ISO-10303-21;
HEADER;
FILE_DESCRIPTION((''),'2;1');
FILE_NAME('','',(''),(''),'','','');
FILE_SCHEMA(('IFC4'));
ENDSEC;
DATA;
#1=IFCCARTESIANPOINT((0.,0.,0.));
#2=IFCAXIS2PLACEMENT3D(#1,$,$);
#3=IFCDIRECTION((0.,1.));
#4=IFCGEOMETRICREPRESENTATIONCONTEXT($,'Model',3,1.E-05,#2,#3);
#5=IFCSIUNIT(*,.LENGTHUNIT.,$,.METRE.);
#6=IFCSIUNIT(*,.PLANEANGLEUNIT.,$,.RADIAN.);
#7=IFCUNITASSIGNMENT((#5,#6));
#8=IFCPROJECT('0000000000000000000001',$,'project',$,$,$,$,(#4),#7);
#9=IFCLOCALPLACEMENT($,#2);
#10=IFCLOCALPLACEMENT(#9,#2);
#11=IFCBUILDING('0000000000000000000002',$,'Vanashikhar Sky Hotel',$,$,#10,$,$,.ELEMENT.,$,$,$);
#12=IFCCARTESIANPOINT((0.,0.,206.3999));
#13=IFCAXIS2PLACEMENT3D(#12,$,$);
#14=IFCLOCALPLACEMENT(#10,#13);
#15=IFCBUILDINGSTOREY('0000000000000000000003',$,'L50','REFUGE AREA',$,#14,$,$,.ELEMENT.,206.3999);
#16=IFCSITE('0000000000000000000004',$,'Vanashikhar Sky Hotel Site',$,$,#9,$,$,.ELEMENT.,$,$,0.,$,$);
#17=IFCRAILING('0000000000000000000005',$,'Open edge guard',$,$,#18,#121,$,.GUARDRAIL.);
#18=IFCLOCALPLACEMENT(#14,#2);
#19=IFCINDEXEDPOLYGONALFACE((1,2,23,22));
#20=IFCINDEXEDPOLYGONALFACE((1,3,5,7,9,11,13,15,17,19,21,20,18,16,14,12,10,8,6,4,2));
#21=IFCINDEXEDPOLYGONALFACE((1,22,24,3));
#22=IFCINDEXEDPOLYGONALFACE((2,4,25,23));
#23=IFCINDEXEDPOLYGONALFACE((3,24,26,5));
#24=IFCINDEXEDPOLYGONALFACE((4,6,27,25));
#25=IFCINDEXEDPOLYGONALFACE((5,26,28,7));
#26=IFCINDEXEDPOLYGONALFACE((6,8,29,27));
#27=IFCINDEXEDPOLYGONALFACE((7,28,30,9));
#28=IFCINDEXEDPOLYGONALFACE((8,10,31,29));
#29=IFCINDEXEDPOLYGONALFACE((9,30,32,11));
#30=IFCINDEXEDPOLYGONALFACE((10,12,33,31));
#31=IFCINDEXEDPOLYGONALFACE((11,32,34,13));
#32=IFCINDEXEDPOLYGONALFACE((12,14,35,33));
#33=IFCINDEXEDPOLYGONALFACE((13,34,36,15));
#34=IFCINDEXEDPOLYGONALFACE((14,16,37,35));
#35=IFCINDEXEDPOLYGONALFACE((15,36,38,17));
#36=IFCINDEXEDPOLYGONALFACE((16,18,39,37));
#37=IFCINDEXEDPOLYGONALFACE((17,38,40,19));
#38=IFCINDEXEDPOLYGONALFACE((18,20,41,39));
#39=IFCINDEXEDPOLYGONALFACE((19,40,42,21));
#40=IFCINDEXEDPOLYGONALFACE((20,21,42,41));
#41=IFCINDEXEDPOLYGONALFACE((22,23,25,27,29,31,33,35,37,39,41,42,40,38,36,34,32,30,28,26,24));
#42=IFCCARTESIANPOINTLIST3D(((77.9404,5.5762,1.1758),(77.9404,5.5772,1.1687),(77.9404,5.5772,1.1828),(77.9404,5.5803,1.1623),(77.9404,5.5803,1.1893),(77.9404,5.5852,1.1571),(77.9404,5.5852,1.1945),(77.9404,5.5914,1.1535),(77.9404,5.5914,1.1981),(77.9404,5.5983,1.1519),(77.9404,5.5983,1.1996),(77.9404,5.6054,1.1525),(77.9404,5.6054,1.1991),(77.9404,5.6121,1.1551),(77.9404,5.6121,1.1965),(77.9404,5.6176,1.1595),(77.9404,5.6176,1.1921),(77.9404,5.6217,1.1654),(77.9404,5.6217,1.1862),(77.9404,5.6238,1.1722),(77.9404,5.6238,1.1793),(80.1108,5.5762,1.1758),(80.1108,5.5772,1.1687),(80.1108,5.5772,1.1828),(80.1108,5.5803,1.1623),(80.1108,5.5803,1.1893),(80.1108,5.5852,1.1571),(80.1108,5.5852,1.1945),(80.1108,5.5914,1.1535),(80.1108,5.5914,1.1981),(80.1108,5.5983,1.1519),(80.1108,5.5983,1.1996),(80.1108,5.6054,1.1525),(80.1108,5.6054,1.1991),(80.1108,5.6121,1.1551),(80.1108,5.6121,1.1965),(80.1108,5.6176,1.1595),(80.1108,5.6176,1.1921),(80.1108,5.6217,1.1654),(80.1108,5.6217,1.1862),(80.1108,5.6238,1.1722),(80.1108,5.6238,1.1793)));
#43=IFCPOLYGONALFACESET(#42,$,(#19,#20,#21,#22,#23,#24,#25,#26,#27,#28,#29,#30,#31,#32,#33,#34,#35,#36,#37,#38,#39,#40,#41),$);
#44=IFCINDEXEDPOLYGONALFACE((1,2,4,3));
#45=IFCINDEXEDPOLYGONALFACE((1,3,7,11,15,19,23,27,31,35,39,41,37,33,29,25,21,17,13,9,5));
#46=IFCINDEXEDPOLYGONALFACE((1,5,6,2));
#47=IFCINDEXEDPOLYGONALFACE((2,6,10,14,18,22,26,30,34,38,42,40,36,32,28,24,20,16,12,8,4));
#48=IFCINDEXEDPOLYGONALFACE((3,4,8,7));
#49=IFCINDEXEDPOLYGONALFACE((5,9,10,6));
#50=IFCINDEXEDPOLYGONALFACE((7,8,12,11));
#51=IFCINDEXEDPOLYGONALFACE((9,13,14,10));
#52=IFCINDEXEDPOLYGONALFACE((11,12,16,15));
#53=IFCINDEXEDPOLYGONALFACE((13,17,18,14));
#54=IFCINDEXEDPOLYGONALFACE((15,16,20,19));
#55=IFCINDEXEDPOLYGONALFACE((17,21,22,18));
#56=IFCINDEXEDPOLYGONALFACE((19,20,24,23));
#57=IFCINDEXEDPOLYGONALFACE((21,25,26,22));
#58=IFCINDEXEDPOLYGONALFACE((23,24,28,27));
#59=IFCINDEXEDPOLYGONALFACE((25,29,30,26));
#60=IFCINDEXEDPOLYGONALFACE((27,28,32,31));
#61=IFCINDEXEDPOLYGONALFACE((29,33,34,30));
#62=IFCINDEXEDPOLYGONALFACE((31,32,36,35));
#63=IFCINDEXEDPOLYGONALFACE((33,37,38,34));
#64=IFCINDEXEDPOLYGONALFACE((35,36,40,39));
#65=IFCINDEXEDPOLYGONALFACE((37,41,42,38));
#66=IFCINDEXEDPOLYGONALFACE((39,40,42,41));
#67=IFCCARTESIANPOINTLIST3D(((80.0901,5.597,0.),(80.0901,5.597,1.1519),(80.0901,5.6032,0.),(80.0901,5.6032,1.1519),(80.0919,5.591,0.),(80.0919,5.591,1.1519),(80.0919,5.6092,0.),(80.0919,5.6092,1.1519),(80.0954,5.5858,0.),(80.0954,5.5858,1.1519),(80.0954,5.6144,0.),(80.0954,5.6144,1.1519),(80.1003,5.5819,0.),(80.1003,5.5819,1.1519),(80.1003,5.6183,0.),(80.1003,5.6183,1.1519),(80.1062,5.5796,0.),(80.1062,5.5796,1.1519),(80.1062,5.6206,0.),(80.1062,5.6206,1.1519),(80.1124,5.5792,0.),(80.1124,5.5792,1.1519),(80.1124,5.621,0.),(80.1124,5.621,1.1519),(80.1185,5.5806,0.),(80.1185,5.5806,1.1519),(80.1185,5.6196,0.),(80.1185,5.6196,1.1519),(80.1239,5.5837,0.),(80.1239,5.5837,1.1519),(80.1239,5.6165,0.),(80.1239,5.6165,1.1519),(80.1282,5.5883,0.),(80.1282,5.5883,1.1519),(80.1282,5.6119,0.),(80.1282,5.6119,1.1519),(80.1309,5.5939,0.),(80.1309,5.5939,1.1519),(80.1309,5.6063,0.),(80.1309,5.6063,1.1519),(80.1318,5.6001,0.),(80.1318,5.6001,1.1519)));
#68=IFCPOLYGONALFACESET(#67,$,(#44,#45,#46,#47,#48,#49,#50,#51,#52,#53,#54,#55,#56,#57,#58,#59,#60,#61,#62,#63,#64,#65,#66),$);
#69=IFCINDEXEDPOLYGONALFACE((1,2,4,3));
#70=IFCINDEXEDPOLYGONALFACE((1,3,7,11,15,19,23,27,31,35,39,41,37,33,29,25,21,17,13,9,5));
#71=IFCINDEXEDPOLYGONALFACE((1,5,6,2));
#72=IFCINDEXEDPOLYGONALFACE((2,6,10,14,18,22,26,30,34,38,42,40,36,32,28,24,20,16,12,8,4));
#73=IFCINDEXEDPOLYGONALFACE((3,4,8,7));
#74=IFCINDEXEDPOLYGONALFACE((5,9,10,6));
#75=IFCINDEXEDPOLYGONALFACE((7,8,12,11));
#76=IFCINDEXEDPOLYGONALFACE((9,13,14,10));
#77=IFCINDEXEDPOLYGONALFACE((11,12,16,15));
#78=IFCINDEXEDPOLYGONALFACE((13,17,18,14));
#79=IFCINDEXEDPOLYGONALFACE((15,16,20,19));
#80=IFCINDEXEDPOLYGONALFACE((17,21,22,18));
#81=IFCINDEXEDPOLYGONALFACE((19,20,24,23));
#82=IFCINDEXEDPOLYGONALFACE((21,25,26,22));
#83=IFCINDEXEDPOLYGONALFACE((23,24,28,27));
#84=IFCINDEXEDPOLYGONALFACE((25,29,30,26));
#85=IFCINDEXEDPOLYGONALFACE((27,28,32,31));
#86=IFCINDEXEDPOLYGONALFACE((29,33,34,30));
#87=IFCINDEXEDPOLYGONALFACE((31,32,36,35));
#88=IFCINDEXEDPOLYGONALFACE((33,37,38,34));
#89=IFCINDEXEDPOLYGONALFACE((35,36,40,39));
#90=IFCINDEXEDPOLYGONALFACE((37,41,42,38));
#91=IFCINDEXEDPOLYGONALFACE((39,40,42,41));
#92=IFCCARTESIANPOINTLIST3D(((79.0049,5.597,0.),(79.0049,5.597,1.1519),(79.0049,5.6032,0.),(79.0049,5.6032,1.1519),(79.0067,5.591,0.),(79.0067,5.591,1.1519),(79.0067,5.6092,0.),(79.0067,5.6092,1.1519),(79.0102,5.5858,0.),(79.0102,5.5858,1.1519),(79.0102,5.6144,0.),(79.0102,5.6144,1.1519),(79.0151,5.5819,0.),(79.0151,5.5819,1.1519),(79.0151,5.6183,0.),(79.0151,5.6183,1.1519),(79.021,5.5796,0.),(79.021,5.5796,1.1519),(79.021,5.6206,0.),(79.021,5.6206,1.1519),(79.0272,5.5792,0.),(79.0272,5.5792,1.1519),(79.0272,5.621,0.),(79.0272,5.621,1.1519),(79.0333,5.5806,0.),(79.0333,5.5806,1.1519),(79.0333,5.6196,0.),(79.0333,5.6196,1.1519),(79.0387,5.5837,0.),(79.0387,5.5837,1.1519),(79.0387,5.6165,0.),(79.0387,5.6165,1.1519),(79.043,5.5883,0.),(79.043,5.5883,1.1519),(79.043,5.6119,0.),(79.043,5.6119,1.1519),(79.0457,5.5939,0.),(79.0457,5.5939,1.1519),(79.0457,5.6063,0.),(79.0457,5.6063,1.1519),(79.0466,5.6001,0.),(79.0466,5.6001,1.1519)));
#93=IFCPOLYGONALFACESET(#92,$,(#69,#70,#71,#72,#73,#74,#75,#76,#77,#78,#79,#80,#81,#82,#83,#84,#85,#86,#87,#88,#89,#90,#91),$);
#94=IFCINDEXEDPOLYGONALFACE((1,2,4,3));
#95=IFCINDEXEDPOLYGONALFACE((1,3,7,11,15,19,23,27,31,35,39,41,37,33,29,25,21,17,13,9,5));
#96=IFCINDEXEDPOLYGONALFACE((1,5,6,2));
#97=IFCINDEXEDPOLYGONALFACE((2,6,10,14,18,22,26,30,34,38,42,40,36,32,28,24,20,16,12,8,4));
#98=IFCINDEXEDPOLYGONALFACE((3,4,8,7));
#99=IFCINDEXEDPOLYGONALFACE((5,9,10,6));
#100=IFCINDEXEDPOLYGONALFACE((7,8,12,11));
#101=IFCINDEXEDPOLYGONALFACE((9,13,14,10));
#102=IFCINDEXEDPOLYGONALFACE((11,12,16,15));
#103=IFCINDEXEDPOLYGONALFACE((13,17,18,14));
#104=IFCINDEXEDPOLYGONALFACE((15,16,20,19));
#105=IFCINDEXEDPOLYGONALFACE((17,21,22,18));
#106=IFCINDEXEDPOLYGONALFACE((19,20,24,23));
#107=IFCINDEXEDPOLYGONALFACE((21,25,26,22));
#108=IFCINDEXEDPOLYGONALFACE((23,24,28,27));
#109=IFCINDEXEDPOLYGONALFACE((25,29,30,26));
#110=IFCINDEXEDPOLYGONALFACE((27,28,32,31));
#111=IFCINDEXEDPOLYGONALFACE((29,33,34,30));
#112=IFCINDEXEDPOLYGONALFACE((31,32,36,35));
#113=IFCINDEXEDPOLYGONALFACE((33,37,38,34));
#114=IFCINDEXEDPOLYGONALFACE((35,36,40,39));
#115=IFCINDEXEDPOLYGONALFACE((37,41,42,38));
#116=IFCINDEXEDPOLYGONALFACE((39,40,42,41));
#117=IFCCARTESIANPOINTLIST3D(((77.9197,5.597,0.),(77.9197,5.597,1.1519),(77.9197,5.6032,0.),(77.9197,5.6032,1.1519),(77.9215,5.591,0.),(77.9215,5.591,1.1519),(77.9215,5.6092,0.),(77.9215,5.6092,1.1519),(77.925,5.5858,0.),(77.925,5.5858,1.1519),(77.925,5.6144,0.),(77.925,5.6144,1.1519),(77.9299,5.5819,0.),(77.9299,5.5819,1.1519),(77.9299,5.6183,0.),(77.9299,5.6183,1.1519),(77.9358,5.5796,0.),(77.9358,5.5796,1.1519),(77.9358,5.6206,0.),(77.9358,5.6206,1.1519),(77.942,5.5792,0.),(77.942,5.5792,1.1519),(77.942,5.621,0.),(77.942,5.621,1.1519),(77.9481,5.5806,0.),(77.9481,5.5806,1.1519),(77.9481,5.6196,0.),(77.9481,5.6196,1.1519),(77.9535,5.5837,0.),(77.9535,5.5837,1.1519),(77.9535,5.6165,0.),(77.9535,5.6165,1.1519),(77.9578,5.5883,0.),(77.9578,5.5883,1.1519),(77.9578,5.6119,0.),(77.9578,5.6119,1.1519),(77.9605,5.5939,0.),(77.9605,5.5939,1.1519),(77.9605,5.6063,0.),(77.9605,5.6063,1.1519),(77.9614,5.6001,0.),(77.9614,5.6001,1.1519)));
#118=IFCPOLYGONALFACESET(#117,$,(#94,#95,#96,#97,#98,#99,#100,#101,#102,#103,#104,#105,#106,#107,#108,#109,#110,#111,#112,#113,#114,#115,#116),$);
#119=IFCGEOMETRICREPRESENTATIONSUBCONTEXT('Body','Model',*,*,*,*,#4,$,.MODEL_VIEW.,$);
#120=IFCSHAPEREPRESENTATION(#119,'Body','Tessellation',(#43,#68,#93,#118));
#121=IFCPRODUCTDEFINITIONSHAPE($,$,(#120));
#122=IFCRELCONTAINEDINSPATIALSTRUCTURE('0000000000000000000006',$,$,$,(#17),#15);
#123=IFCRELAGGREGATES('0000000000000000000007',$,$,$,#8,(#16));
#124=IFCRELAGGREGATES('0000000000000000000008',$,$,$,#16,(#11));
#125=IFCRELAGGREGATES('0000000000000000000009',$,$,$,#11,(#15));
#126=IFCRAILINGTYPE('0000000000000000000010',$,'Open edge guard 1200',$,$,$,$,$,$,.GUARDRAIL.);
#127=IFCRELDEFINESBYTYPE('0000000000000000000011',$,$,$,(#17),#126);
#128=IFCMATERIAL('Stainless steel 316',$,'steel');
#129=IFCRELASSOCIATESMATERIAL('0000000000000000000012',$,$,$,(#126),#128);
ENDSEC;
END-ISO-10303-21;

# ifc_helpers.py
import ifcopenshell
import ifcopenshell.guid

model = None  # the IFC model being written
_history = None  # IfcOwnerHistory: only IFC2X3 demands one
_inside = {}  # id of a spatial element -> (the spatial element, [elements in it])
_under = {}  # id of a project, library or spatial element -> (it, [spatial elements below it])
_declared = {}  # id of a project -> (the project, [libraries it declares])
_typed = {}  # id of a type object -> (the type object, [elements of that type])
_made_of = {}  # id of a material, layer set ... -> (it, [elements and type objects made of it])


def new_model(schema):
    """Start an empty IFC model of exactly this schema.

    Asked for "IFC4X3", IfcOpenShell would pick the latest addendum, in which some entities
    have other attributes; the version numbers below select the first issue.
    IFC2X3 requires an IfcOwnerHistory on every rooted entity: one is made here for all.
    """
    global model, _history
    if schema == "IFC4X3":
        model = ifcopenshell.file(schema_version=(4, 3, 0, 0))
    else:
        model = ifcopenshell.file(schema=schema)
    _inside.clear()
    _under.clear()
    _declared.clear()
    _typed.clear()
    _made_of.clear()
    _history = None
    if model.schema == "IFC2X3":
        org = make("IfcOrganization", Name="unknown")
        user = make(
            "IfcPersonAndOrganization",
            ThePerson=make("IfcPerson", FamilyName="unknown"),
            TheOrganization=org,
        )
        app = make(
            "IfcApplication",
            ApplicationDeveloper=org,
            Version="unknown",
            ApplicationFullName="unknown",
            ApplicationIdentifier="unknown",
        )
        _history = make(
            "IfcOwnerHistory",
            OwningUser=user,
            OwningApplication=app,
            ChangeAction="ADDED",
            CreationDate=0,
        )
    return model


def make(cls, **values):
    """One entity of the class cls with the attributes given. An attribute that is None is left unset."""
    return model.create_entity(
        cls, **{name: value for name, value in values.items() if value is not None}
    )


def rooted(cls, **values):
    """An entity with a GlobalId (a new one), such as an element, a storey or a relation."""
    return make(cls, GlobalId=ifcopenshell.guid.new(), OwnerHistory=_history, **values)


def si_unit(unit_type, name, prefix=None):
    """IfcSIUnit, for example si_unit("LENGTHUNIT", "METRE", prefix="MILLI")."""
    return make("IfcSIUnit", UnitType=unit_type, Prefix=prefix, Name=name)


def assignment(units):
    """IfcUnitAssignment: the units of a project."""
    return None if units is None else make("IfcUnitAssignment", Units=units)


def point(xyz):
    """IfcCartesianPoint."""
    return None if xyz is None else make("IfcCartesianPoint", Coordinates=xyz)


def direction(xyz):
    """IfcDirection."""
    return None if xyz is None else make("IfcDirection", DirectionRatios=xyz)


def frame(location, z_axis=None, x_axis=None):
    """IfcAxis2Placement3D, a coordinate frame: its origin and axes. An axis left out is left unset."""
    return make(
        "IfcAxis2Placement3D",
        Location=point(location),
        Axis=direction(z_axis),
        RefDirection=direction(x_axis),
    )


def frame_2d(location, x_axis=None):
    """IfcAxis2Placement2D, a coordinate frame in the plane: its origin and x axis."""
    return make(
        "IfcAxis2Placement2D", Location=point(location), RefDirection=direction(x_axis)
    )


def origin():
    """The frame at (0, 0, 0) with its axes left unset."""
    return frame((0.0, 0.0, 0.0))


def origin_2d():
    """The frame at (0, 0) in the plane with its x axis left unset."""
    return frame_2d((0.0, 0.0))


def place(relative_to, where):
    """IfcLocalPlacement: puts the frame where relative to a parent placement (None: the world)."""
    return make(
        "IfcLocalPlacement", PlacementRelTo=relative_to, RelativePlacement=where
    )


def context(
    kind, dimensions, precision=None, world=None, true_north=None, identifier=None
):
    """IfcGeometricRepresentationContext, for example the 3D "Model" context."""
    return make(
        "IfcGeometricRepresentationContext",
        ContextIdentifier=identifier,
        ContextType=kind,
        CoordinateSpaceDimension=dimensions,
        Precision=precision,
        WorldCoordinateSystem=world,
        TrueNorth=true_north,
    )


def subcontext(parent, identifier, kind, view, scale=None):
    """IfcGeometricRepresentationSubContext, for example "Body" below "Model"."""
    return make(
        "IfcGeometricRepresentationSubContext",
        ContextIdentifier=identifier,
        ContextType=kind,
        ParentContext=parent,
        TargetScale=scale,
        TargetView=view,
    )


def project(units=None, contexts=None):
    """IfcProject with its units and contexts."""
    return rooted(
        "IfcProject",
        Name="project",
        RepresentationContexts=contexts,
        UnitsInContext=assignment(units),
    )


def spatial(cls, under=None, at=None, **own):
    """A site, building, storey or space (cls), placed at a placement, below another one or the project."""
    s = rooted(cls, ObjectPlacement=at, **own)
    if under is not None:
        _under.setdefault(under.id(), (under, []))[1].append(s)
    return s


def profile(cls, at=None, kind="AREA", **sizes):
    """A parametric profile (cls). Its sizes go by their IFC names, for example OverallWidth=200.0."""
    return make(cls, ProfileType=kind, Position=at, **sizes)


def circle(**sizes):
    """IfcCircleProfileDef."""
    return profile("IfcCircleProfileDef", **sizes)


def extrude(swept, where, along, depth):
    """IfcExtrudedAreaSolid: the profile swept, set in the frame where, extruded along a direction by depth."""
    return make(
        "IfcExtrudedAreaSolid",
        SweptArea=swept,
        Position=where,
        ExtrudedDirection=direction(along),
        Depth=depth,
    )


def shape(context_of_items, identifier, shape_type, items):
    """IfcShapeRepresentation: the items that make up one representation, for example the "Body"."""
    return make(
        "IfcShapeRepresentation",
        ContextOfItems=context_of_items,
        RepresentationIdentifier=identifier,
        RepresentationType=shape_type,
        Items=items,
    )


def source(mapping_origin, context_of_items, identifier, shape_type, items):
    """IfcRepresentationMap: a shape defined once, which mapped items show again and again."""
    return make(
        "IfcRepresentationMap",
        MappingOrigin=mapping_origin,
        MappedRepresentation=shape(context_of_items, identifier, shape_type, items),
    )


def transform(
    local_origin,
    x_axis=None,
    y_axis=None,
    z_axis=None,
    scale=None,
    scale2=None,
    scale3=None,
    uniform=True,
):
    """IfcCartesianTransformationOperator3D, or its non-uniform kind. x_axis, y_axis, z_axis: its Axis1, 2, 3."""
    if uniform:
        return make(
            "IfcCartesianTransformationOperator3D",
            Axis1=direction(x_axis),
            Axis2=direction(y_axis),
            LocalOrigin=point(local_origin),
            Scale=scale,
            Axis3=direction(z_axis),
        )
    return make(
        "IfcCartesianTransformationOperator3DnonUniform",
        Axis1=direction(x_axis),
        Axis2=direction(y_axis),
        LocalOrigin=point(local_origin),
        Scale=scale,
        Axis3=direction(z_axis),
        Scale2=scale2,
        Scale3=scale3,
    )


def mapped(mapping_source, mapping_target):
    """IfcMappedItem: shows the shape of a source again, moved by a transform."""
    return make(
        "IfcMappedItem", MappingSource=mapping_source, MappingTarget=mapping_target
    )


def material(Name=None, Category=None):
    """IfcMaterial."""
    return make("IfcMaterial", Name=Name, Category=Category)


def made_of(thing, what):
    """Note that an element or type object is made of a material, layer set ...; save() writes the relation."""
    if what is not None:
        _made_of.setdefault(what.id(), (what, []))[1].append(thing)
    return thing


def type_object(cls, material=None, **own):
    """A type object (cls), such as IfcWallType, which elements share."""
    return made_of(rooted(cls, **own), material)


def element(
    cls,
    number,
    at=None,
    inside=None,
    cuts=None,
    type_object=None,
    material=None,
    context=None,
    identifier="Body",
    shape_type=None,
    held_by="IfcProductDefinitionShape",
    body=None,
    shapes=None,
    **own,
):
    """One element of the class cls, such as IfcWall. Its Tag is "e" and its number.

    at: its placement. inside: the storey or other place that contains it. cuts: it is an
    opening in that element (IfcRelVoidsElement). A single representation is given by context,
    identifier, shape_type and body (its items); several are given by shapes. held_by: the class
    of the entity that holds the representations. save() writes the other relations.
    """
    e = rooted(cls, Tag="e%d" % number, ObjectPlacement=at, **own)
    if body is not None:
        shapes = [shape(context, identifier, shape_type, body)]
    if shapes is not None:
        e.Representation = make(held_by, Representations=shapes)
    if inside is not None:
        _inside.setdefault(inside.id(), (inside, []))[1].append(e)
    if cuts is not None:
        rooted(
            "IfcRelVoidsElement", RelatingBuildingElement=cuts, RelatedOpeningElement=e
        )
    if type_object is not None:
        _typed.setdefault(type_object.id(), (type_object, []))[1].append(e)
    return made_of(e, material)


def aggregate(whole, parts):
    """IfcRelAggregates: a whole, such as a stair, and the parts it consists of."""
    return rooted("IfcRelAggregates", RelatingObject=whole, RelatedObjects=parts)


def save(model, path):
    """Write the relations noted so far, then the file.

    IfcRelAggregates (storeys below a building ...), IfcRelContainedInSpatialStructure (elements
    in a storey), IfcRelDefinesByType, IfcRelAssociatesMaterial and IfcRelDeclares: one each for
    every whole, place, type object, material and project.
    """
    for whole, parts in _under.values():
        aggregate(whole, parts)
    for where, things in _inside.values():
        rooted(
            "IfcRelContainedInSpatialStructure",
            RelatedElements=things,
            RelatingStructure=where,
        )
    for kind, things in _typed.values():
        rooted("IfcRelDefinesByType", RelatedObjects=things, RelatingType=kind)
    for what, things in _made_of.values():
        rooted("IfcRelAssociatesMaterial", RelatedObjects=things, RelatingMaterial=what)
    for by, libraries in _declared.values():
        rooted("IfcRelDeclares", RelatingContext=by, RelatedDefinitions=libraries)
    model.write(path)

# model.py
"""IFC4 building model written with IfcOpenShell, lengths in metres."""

from ifc_helpers import new_model, si_unit, direction, frame, origin, origin_2d, place, context, subcontext, project, spatial, circle, extrude, source, transform, mapped, material, type_object, element, save


model = new_model("IFC4")

# Units and contexts
model_context = context("Model", 3, precision=1e-05, world=origin(), true_north=direction((0.0, 1.0)))
body_context = subcontext(model_context, "Body", "Model", "MODEL_VIEW")
ifc_project = project(units=[si_unit("LENGTHUNIT", "METRE"), si_unit("PLANEANGLEUNIT", "RADIAN")], contexts=[model_context])

# Site, building, storey
site_placement = place(None, origin())
site = spatial("IfcSite", under=ifc_project, at=site_placement, Name="Vanashikhar Sky Hotel Site", CompositionType="ELEMENT", RefElevation=0.0)
building_placement = place(site_placement, origin())
building = spatial("IfcBuilding", under=site, at=building_placement, Name="Vanashikhar Sky Hotel", CompositionType="ELEMENT")
storey_placement = place(building_placement, frame((0.0, 0.0, 206.3999)))
storey = spatial("IfcBuildingStorey", under=building, at=storey_placement, Name="L50", Description="REFUGE AREA", CompositionType="ELEMENT", Elevation=206.3999)

# Railing
ifc_material_1 = material(Name="Stainless steel 316", Category="steel")
railing_type = type_object("IfcRailingType", Name="Open edge guard 1200", PredefinedType="GUARDRAIL", material=ifc_material_1)
shared_shape_1 = source(origin(), body_context, "Body", "SweptSolid", [
    extrude(circle(Radius=0.0239, at=origin_2d()), frame((0.0, 0.0, 1.1758), z_axis=(-1.0, 0.0, 0.0), x_axis=(0.0, -1.0, 0.0)), (0.0, 0.0, 1.0), 2.1704),
    extrude(circle(Radius=0.021, at=origin_2d()), origin(), (0.0, 0.0, 1.0), 1.1519),
    extrude(circle(Radius=0.021, at=origin_2d()), frame((-1.0852, 0.0, 0.0)), (0.0, 0.0, 1.0), 1.1519),
    extrude(circle(Radius=0.021, at=origin_2d()), frame((-2.1704, 0.0, 0.0)), (0.0, 0.0, 1.0), 1.1519),
])
for number, where, name in (
    (1, (80.1108, 5.6001, 0.0), "Open edge guard"),
):
    element("IfcRailing", number, at=place(storey_placement, frame(where)), inside=storey, type_object=railing_type, Name=name, PredefinedType="GUARDRAIL", context=body_context, shape_type="MappedRepresentation", body=[
        mapped(shared_shape_1, transform((0.0, 0.0, 0.0), scale=1.0)),
    ])

save(model, "model.ifc")
